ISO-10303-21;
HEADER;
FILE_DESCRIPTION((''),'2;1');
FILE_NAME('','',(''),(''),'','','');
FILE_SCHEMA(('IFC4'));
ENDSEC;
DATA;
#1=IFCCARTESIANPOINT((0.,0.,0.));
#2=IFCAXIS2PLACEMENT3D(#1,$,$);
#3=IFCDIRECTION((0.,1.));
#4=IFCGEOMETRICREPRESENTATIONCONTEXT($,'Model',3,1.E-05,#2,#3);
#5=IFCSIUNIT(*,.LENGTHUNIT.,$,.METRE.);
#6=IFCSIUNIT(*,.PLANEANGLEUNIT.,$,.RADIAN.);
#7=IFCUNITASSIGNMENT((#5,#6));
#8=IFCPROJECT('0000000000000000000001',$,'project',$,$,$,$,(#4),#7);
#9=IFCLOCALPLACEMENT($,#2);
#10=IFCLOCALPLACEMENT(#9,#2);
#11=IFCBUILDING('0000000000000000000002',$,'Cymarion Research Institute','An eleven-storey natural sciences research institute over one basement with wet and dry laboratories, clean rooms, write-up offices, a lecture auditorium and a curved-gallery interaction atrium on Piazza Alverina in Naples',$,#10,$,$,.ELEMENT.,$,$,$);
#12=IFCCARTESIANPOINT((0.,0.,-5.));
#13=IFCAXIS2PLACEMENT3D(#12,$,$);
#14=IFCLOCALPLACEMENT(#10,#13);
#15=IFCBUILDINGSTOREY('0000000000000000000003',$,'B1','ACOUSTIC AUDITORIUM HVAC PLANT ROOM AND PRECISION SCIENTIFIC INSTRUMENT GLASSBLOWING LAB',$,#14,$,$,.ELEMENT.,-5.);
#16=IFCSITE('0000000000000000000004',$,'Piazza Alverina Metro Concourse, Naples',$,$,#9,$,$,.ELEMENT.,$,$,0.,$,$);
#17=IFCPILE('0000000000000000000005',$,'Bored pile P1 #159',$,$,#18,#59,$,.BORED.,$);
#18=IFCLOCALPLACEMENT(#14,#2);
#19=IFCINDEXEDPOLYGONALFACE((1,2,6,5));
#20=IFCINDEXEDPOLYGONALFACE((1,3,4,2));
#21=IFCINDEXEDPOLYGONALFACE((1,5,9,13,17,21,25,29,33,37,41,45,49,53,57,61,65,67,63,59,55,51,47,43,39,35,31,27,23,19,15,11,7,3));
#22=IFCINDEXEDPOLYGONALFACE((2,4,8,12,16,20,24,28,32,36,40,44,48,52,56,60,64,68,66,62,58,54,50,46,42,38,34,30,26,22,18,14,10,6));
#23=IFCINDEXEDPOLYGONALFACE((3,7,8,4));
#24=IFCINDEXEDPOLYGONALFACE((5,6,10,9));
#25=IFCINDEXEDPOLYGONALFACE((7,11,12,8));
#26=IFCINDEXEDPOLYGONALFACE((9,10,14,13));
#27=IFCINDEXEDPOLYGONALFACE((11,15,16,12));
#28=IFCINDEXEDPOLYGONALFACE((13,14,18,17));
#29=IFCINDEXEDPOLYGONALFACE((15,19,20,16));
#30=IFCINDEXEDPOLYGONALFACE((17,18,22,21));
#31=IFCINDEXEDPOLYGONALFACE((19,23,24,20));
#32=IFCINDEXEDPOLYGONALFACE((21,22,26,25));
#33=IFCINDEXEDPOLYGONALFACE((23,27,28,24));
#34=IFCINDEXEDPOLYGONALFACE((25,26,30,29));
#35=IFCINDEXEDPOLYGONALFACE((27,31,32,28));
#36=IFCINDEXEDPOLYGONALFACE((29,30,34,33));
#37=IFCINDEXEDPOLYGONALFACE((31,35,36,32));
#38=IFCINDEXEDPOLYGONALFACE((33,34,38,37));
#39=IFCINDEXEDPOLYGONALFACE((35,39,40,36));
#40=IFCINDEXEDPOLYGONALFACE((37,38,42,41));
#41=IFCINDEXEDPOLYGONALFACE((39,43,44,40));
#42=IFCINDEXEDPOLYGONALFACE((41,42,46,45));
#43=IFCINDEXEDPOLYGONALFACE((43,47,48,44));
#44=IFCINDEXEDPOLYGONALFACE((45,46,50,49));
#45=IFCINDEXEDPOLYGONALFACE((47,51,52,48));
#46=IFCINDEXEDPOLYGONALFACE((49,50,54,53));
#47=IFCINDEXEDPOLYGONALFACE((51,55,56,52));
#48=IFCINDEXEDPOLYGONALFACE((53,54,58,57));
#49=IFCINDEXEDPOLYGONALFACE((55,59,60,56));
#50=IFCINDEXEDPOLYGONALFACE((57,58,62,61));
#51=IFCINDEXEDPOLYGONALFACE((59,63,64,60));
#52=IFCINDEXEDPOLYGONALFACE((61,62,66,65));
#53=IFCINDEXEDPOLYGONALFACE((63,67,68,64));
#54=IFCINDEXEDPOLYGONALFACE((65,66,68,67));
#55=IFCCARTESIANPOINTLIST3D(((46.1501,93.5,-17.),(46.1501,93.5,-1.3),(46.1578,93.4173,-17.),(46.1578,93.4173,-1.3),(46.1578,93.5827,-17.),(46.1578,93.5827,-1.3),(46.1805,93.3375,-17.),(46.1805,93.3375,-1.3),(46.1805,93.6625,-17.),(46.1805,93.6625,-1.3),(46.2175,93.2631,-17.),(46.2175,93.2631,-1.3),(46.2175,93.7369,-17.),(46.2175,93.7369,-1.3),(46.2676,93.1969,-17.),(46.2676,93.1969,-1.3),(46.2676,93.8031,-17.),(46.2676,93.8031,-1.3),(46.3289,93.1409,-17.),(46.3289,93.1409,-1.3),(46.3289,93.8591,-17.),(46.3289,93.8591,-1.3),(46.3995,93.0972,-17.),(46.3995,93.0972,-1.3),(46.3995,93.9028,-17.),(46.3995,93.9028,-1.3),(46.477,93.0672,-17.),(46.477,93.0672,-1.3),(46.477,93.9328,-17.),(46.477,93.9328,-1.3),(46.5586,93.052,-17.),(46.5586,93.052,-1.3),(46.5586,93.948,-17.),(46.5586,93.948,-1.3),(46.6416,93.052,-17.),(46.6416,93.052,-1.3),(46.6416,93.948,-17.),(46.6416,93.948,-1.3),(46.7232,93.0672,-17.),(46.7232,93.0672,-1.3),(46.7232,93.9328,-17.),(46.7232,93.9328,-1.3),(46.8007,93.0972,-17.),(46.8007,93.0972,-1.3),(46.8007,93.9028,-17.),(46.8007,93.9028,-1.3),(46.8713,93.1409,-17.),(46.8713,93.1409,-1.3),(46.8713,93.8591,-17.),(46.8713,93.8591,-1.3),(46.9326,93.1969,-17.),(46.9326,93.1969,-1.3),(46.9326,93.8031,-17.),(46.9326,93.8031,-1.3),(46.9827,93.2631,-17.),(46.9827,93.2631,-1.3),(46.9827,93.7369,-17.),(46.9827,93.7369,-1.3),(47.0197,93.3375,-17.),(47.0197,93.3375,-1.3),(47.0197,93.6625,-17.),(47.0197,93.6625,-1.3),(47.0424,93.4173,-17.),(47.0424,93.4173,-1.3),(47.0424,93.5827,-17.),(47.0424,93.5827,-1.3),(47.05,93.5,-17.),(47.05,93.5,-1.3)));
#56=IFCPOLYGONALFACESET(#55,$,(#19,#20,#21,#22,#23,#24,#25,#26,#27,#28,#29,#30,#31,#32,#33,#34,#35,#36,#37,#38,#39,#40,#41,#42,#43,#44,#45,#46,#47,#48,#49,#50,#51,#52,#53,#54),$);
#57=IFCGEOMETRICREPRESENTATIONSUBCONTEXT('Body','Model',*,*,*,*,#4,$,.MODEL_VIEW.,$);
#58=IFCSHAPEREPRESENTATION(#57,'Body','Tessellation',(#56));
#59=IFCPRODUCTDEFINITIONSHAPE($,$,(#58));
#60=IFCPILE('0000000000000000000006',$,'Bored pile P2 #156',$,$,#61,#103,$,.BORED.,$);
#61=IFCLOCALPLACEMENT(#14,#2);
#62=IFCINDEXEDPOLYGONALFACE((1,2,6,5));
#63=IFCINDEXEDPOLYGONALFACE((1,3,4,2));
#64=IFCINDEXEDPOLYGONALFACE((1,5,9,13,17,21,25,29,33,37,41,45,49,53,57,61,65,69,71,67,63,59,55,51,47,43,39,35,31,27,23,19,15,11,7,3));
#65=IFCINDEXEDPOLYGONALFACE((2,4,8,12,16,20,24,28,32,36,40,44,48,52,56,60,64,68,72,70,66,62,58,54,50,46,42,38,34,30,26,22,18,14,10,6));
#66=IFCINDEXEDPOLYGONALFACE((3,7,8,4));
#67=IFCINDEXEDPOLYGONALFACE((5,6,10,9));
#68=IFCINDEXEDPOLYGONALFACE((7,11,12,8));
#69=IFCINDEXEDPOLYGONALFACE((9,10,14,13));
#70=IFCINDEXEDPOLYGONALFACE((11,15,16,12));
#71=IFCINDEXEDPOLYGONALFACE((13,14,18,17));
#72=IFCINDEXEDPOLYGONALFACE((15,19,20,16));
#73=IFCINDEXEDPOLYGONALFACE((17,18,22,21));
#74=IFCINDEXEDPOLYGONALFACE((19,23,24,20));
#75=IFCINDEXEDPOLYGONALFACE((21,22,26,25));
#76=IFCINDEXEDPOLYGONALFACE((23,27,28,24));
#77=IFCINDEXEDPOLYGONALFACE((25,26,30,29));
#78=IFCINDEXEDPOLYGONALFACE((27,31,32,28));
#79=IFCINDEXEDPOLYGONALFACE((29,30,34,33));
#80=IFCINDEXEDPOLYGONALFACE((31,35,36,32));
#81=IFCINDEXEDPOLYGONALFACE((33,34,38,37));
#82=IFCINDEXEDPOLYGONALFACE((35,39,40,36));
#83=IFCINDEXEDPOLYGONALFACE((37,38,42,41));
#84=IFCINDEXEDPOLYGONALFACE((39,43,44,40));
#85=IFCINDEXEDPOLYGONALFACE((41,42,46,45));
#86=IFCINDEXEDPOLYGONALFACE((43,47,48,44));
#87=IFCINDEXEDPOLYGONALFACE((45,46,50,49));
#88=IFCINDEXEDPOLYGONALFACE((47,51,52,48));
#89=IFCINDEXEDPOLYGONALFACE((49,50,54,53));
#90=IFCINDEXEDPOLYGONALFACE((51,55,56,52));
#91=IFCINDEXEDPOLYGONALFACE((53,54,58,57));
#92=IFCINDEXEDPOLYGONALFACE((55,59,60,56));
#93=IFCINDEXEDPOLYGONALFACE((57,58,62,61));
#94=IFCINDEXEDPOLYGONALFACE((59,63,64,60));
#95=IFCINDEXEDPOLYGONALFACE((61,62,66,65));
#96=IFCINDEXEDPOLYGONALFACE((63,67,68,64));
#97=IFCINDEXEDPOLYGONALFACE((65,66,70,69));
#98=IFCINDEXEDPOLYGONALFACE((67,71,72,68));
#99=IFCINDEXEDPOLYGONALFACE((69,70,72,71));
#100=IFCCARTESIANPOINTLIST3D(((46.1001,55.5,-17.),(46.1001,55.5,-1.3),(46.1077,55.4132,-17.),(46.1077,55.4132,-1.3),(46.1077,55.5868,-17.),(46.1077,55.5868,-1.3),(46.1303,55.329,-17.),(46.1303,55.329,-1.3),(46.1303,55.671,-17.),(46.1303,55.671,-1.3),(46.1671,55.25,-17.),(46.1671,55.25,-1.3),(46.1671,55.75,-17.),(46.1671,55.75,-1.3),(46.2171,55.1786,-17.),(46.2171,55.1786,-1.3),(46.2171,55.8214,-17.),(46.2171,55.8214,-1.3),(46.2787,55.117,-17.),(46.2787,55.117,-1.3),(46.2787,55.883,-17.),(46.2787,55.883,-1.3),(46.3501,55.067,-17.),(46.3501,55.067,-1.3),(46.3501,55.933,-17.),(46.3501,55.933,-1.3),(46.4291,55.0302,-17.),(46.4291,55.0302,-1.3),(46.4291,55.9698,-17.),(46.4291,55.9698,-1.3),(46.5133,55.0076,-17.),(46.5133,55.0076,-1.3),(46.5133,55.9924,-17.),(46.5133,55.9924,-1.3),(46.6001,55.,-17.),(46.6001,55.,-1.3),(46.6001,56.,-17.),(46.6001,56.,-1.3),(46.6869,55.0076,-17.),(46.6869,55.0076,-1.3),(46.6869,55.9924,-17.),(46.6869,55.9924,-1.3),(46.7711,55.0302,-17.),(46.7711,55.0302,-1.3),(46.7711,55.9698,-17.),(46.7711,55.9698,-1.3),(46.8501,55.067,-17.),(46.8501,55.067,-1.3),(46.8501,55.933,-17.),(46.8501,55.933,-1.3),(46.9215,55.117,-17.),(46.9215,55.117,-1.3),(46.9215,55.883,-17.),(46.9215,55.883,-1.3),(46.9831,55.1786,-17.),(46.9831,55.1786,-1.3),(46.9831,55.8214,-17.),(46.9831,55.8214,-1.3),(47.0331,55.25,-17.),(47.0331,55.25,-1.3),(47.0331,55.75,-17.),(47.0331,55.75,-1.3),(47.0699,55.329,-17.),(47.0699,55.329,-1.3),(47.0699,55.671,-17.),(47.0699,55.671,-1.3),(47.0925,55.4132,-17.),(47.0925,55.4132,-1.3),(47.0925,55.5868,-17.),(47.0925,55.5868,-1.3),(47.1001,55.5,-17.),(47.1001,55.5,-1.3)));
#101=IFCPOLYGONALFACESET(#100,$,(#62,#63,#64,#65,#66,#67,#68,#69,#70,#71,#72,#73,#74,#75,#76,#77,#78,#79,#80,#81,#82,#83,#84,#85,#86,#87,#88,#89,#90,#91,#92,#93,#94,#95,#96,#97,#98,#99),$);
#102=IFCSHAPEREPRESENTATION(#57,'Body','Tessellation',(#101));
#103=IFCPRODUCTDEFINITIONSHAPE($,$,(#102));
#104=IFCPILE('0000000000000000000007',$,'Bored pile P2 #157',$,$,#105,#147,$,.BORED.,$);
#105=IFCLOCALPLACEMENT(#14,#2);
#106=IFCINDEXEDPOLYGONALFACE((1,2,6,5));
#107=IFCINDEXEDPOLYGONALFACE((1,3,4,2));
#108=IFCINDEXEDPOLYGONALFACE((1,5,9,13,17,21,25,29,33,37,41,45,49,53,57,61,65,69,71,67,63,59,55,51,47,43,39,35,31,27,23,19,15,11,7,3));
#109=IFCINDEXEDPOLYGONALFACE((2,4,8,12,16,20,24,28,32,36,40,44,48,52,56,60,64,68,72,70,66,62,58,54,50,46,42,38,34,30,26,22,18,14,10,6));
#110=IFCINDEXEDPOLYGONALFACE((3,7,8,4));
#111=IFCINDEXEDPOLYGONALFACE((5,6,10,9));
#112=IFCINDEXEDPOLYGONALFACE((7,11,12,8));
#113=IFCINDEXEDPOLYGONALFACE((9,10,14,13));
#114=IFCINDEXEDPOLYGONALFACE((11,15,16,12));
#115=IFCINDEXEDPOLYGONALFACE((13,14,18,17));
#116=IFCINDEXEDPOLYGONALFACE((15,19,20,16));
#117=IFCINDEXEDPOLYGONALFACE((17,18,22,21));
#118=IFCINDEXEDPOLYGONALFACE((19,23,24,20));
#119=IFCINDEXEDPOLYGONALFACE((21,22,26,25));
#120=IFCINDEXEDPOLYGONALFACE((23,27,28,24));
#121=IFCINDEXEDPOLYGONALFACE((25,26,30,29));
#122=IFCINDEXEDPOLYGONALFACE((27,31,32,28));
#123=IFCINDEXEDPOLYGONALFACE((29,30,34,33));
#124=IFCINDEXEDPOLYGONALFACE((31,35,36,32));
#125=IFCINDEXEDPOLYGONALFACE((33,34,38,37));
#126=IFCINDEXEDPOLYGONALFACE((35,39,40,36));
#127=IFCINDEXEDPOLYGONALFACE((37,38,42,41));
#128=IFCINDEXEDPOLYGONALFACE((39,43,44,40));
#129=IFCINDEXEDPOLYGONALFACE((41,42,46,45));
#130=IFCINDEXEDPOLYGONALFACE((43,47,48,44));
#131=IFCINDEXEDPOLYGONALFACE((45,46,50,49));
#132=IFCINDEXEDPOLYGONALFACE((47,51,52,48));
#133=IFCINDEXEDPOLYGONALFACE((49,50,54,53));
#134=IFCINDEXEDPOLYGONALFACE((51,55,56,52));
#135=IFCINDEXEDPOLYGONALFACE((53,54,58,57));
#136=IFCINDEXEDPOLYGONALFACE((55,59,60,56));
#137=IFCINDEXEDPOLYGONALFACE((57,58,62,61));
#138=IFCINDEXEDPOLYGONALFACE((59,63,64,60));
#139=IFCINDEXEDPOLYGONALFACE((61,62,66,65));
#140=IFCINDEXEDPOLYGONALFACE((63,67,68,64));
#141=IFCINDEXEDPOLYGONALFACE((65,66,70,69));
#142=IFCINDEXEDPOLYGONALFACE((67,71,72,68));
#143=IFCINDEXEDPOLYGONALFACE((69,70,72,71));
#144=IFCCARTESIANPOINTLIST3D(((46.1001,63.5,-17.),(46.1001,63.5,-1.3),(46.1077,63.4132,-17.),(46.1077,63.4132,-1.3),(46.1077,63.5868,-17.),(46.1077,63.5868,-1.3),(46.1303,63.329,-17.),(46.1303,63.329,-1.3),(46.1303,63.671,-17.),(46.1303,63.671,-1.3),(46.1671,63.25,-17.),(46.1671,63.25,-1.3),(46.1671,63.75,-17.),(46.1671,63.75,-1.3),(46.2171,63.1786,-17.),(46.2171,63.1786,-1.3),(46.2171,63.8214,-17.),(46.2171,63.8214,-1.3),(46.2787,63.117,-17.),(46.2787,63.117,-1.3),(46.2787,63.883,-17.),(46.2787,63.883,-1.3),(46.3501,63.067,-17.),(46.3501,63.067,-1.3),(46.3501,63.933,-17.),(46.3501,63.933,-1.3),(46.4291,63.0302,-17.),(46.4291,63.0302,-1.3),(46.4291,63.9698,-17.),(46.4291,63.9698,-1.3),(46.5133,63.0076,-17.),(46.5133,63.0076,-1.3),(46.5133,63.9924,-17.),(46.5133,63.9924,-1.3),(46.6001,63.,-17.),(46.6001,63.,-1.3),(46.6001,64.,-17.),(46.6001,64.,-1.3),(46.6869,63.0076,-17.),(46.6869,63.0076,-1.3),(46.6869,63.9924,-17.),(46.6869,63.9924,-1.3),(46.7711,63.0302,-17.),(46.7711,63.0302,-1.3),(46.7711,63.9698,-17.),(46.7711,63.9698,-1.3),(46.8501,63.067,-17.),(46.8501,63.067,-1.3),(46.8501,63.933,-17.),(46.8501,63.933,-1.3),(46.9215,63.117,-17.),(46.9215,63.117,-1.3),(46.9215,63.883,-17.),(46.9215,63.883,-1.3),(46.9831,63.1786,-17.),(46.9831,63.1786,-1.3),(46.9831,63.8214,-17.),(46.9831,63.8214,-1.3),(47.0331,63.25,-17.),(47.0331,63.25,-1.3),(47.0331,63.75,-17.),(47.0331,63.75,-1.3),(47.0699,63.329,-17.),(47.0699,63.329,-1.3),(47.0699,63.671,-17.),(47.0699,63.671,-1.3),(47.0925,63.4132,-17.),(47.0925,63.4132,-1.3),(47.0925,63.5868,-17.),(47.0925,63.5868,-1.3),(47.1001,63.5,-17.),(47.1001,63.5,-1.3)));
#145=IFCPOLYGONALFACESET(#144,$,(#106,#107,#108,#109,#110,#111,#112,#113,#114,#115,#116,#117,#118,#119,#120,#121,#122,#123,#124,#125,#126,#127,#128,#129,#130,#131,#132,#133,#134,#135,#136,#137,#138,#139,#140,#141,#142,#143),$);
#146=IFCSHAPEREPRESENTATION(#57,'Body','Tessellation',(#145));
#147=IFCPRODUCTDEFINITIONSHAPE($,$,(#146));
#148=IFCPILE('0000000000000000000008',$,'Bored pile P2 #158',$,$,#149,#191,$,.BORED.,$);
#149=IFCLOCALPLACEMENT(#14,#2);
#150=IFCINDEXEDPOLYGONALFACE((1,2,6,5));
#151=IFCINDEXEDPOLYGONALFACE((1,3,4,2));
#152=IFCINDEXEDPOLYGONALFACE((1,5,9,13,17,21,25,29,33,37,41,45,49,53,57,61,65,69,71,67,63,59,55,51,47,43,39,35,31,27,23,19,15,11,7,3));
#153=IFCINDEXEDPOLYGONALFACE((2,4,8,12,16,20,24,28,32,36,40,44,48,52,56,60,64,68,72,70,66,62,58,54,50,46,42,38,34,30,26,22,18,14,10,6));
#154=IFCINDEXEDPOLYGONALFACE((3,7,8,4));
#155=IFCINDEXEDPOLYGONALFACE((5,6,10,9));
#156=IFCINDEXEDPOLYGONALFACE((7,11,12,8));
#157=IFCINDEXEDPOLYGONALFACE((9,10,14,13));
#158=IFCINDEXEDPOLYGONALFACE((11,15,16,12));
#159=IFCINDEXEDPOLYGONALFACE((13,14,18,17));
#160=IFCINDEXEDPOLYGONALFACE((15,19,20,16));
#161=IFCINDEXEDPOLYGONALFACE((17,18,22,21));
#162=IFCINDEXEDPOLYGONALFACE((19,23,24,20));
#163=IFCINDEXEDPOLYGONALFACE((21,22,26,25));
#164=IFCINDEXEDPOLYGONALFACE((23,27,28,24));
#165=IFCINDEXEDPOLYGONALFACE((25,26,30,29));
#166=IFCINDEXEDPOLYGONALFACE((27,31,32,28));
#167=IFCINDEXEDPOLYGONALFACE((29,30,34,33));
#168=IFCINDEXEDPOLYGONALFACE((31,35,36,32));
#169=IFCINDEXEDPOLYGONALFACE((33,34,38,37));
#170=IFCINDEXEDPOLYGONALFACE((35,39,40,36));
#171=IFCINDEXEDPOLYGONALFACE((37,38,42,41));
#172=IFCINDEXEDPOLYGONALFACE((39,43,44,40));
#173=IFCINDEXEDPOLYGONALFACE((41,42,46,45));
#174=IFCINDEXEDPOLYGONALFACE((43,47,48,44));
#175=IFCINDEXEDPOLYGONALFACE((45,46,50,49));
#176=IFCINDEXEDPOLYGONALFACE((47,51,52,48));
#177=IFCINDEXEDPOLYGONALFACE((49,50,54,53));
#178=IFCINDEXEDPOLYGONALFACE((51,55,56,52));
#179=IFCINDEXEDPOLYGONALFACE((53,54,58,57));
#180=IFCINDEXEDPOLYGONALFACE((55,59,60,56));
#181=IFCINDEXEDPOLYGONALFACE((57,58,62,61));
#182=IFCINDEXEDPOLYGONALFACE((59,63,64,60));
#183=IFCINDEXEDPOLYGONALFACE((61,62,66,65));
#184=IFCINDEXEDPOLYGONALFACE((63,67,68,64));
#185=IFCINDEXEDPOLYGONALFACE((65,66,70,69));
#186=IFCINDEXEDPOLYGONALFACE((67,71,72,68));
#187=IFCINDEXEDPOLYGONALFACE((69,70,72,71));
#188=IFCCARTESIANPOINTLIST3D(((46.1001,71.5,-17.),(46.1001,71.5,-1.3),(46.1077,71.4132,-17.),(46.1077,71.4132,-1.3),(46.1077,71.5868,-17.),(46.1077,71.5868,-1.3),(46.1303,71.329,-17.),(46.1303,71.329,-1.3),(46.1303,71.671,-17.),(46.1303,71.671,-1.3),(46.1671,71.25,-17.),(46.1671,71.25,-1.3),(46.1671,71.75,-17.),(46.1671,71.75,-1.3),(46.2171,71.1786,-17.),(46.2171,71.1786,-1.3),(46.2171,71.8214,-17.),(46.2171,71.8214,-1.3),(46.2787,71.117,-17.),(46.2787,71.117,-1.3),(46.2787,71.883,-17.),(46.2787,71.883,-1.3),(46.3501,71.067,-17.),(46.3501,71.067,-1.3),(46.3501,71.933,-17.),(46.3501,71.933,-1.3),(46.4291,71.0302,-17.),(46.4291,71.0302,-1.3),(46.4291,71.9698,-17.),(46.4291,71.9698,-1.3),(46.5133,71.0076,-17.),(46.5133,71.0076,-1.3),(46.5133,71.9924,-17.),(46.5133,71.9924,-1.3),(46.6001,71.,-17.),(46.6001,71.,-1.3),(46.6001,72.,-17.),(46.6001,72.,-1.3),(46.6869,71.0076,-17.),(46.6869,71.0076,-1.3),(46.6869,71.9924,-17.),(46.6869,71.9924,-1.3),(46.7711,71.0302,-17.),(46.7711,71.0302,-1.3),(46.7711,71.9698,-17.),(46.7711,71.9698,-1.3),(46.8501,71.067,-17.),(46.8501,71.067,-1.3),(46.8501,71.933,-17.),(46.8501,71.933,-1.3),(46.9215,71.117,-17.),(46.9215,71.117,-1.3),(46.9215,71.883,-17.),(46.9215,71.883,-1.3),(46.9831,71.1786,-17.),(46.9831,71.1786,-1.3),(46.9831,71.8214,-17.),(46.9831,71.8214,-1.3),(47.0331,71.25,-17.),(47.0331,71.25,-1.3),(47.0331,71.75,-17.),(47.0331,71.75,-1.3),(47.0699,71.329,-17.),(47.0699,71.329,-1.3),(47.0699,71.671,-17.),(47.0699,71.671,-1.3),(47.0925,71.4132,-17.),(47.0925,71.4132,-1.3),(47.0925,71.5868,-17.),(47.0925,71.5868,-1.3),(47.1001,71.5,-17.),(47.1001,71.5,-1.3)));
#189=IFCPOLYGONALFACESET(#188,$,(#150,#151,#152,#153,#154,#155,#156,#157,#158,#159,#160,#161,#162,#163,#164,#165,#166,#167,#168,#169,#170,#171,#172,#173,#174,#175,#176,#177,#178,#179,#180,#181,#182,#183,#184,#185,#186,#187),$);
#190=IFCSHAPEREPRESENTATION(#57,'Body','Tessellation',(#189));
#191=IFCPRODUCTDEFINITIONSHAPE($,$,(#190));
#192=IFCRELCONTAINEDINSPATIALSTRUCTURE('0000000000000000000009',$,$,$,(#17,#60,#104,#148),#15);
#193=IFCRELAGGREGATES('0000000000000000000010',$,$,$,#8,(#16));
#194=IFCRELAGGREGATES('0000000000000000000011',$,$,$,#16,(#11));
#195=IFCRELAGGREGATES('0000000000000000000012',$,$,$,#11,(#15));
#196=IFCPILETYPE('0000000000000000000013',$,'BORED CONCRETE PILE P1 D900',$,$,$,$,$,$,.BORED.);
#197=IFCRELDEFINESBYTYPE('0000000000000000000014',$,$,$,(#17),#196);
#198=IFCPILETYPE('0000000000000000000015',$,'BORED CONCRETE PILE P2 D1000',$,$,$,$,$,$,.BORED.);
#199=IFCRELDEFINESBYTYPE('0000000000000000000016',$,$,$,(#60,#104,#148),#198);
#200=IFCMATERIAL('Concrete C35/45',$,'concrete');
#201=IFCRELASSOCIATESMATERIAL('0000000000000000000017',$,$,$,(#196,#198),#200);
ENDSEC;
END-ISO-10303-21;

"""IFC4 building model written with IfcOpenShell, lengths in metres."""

from ifc_helpers import new_model, si_unit, direction, frame, origin, origin_2d, place, context, subcontext, project, spatial, circle, extrude, material, material_profile, profile_set, type_object, element, save


model = new_model("IFC4")

# Units and contexts
model_context = context("Model", 3, precision=1e-05, world=origin(), true_north=direction((0.0, 1.0)))
body_context = subcontext(model_context, "Body", "Model", "MODEL_VIEW")
ifc_project = project(units=[si_unit("LENGTHUNIT", "METRE"), si_unit("PLANEANGLEUNIT", "RADIAN")], contexts=[model_context])

# Site, building, storey
site_placement = place(None, origin())
site = spatial("IfcSite", under=ifc_project, at=site_placement, Name="Piazza Alverina Metro Concourse, Naples", CompositionType="ELEMENT", RefElevation=0.0)
building_placement = place(site_placement, origin())
building = spatial("IfcBuilding", under=site, at=building_placement, Name="Cymarion Research Institute", Description="An eleven-storey natural sciences research institute over one basement with wet and dry laboratories, clean rooms, write-up offices, a lecture auditorium and a curved-gallery interaction atrium on Piazza Alverina in Naples", CompositionType="ELEMENT")
storey_placement = place(building_placement, frame((0.0, 0.0, -5.0)))
storey = spatial("IfcBuildingStorey", under=building, at=storey_placement, Name="B1", Description="ACOUSTIC AUDITORIUM HVAC PLANT ROOM AND PRECISION SCIENTIFIC INSTRUMENT GLASSBLOWING LAB", CompositionType="ELEMENT", Elevation=-5.0)

# Piles
ifc_material_1 = material(Name="Concrete C35/45", Category="concrete")
ifc_material_profile_1 = material_profile(ifc_material_1, circle(Radius=0.45, at=origin_2d()), Name="BORED PILE D900")
ifc_profile_set_1 = profile_set([ifc_material_profile_1], Name="Concrete C35/45")
pile_type_1 = type_object("IfcPileType", Name="BORED CONCRETE PILE P1 D900", PredefinedType="BORED", material=ifc_profile_set_1)
pile_placement = place(storey_placement, frame((46.6001, 93.5, -1.3), z_axis=(0.0, 0.0, -1.0), x_axis=(1.0, 0.0, 0.0)))
element("IfcPile", 1, at=pile_placement, inside=storey, type_object=pile_type_1, Name="Bored pile P1 #159", PredefinedType="BORED", context=body_context, shape_type="SweptSolid", body=[
    extrude(circle(Radius=0.45, at=origin_2d()), origin(), (0.0, 0.0, 1.0), 15.7),
])
ifc_material_profile_2 = material_profile(ifc_material_1, circle(Radius=0.5, at=origin_2d()), Name="BORED PILE D1000")
ifc_profile_set_2 = profile_set([ifc_material_profile_2], Name="Concrete C35/45")
pile_type_2 = type_object("IfcPileType", Name="BORED CONCRETE PILE P2 D1000", PredefinedType="BORED", material=ifc_profile_set_2)
for number, where, z_axis, x_axis, name in (
    (2, (46.6001, 55.5, -1.3), (0.0, 0.0, -1.0), (1.0, 0.0, 0.0), "Bored pile P2 #156"),
    (3, (46.6001, 63.5, -1.3), (0.0, 0.0, -1.0), (1.0, 0.0, 0.0), "Bored pile P2 #157"),
    (4, (46.6001, 71.5, -1.3), (0.0, 0.0, -1.0), (1.0, 0.0, 0.0), "Bored pile P2 #158"),
):
    element("IfcPile", number, at=place(storey_placement, frame(where, z_axis=z_axis, x_axis=x_axis)), inside=storey, type_object=pile_type_2, Name=name, PredefinedType="BORED", context=body_context, shape_type="SweptSolid", body=[
        extrude(circle(Radius=0.5, at=origin_2d()), origin(), (0.0, 0.0, 1.0), 15.7),
    ])

save(model, "model.ifc")
